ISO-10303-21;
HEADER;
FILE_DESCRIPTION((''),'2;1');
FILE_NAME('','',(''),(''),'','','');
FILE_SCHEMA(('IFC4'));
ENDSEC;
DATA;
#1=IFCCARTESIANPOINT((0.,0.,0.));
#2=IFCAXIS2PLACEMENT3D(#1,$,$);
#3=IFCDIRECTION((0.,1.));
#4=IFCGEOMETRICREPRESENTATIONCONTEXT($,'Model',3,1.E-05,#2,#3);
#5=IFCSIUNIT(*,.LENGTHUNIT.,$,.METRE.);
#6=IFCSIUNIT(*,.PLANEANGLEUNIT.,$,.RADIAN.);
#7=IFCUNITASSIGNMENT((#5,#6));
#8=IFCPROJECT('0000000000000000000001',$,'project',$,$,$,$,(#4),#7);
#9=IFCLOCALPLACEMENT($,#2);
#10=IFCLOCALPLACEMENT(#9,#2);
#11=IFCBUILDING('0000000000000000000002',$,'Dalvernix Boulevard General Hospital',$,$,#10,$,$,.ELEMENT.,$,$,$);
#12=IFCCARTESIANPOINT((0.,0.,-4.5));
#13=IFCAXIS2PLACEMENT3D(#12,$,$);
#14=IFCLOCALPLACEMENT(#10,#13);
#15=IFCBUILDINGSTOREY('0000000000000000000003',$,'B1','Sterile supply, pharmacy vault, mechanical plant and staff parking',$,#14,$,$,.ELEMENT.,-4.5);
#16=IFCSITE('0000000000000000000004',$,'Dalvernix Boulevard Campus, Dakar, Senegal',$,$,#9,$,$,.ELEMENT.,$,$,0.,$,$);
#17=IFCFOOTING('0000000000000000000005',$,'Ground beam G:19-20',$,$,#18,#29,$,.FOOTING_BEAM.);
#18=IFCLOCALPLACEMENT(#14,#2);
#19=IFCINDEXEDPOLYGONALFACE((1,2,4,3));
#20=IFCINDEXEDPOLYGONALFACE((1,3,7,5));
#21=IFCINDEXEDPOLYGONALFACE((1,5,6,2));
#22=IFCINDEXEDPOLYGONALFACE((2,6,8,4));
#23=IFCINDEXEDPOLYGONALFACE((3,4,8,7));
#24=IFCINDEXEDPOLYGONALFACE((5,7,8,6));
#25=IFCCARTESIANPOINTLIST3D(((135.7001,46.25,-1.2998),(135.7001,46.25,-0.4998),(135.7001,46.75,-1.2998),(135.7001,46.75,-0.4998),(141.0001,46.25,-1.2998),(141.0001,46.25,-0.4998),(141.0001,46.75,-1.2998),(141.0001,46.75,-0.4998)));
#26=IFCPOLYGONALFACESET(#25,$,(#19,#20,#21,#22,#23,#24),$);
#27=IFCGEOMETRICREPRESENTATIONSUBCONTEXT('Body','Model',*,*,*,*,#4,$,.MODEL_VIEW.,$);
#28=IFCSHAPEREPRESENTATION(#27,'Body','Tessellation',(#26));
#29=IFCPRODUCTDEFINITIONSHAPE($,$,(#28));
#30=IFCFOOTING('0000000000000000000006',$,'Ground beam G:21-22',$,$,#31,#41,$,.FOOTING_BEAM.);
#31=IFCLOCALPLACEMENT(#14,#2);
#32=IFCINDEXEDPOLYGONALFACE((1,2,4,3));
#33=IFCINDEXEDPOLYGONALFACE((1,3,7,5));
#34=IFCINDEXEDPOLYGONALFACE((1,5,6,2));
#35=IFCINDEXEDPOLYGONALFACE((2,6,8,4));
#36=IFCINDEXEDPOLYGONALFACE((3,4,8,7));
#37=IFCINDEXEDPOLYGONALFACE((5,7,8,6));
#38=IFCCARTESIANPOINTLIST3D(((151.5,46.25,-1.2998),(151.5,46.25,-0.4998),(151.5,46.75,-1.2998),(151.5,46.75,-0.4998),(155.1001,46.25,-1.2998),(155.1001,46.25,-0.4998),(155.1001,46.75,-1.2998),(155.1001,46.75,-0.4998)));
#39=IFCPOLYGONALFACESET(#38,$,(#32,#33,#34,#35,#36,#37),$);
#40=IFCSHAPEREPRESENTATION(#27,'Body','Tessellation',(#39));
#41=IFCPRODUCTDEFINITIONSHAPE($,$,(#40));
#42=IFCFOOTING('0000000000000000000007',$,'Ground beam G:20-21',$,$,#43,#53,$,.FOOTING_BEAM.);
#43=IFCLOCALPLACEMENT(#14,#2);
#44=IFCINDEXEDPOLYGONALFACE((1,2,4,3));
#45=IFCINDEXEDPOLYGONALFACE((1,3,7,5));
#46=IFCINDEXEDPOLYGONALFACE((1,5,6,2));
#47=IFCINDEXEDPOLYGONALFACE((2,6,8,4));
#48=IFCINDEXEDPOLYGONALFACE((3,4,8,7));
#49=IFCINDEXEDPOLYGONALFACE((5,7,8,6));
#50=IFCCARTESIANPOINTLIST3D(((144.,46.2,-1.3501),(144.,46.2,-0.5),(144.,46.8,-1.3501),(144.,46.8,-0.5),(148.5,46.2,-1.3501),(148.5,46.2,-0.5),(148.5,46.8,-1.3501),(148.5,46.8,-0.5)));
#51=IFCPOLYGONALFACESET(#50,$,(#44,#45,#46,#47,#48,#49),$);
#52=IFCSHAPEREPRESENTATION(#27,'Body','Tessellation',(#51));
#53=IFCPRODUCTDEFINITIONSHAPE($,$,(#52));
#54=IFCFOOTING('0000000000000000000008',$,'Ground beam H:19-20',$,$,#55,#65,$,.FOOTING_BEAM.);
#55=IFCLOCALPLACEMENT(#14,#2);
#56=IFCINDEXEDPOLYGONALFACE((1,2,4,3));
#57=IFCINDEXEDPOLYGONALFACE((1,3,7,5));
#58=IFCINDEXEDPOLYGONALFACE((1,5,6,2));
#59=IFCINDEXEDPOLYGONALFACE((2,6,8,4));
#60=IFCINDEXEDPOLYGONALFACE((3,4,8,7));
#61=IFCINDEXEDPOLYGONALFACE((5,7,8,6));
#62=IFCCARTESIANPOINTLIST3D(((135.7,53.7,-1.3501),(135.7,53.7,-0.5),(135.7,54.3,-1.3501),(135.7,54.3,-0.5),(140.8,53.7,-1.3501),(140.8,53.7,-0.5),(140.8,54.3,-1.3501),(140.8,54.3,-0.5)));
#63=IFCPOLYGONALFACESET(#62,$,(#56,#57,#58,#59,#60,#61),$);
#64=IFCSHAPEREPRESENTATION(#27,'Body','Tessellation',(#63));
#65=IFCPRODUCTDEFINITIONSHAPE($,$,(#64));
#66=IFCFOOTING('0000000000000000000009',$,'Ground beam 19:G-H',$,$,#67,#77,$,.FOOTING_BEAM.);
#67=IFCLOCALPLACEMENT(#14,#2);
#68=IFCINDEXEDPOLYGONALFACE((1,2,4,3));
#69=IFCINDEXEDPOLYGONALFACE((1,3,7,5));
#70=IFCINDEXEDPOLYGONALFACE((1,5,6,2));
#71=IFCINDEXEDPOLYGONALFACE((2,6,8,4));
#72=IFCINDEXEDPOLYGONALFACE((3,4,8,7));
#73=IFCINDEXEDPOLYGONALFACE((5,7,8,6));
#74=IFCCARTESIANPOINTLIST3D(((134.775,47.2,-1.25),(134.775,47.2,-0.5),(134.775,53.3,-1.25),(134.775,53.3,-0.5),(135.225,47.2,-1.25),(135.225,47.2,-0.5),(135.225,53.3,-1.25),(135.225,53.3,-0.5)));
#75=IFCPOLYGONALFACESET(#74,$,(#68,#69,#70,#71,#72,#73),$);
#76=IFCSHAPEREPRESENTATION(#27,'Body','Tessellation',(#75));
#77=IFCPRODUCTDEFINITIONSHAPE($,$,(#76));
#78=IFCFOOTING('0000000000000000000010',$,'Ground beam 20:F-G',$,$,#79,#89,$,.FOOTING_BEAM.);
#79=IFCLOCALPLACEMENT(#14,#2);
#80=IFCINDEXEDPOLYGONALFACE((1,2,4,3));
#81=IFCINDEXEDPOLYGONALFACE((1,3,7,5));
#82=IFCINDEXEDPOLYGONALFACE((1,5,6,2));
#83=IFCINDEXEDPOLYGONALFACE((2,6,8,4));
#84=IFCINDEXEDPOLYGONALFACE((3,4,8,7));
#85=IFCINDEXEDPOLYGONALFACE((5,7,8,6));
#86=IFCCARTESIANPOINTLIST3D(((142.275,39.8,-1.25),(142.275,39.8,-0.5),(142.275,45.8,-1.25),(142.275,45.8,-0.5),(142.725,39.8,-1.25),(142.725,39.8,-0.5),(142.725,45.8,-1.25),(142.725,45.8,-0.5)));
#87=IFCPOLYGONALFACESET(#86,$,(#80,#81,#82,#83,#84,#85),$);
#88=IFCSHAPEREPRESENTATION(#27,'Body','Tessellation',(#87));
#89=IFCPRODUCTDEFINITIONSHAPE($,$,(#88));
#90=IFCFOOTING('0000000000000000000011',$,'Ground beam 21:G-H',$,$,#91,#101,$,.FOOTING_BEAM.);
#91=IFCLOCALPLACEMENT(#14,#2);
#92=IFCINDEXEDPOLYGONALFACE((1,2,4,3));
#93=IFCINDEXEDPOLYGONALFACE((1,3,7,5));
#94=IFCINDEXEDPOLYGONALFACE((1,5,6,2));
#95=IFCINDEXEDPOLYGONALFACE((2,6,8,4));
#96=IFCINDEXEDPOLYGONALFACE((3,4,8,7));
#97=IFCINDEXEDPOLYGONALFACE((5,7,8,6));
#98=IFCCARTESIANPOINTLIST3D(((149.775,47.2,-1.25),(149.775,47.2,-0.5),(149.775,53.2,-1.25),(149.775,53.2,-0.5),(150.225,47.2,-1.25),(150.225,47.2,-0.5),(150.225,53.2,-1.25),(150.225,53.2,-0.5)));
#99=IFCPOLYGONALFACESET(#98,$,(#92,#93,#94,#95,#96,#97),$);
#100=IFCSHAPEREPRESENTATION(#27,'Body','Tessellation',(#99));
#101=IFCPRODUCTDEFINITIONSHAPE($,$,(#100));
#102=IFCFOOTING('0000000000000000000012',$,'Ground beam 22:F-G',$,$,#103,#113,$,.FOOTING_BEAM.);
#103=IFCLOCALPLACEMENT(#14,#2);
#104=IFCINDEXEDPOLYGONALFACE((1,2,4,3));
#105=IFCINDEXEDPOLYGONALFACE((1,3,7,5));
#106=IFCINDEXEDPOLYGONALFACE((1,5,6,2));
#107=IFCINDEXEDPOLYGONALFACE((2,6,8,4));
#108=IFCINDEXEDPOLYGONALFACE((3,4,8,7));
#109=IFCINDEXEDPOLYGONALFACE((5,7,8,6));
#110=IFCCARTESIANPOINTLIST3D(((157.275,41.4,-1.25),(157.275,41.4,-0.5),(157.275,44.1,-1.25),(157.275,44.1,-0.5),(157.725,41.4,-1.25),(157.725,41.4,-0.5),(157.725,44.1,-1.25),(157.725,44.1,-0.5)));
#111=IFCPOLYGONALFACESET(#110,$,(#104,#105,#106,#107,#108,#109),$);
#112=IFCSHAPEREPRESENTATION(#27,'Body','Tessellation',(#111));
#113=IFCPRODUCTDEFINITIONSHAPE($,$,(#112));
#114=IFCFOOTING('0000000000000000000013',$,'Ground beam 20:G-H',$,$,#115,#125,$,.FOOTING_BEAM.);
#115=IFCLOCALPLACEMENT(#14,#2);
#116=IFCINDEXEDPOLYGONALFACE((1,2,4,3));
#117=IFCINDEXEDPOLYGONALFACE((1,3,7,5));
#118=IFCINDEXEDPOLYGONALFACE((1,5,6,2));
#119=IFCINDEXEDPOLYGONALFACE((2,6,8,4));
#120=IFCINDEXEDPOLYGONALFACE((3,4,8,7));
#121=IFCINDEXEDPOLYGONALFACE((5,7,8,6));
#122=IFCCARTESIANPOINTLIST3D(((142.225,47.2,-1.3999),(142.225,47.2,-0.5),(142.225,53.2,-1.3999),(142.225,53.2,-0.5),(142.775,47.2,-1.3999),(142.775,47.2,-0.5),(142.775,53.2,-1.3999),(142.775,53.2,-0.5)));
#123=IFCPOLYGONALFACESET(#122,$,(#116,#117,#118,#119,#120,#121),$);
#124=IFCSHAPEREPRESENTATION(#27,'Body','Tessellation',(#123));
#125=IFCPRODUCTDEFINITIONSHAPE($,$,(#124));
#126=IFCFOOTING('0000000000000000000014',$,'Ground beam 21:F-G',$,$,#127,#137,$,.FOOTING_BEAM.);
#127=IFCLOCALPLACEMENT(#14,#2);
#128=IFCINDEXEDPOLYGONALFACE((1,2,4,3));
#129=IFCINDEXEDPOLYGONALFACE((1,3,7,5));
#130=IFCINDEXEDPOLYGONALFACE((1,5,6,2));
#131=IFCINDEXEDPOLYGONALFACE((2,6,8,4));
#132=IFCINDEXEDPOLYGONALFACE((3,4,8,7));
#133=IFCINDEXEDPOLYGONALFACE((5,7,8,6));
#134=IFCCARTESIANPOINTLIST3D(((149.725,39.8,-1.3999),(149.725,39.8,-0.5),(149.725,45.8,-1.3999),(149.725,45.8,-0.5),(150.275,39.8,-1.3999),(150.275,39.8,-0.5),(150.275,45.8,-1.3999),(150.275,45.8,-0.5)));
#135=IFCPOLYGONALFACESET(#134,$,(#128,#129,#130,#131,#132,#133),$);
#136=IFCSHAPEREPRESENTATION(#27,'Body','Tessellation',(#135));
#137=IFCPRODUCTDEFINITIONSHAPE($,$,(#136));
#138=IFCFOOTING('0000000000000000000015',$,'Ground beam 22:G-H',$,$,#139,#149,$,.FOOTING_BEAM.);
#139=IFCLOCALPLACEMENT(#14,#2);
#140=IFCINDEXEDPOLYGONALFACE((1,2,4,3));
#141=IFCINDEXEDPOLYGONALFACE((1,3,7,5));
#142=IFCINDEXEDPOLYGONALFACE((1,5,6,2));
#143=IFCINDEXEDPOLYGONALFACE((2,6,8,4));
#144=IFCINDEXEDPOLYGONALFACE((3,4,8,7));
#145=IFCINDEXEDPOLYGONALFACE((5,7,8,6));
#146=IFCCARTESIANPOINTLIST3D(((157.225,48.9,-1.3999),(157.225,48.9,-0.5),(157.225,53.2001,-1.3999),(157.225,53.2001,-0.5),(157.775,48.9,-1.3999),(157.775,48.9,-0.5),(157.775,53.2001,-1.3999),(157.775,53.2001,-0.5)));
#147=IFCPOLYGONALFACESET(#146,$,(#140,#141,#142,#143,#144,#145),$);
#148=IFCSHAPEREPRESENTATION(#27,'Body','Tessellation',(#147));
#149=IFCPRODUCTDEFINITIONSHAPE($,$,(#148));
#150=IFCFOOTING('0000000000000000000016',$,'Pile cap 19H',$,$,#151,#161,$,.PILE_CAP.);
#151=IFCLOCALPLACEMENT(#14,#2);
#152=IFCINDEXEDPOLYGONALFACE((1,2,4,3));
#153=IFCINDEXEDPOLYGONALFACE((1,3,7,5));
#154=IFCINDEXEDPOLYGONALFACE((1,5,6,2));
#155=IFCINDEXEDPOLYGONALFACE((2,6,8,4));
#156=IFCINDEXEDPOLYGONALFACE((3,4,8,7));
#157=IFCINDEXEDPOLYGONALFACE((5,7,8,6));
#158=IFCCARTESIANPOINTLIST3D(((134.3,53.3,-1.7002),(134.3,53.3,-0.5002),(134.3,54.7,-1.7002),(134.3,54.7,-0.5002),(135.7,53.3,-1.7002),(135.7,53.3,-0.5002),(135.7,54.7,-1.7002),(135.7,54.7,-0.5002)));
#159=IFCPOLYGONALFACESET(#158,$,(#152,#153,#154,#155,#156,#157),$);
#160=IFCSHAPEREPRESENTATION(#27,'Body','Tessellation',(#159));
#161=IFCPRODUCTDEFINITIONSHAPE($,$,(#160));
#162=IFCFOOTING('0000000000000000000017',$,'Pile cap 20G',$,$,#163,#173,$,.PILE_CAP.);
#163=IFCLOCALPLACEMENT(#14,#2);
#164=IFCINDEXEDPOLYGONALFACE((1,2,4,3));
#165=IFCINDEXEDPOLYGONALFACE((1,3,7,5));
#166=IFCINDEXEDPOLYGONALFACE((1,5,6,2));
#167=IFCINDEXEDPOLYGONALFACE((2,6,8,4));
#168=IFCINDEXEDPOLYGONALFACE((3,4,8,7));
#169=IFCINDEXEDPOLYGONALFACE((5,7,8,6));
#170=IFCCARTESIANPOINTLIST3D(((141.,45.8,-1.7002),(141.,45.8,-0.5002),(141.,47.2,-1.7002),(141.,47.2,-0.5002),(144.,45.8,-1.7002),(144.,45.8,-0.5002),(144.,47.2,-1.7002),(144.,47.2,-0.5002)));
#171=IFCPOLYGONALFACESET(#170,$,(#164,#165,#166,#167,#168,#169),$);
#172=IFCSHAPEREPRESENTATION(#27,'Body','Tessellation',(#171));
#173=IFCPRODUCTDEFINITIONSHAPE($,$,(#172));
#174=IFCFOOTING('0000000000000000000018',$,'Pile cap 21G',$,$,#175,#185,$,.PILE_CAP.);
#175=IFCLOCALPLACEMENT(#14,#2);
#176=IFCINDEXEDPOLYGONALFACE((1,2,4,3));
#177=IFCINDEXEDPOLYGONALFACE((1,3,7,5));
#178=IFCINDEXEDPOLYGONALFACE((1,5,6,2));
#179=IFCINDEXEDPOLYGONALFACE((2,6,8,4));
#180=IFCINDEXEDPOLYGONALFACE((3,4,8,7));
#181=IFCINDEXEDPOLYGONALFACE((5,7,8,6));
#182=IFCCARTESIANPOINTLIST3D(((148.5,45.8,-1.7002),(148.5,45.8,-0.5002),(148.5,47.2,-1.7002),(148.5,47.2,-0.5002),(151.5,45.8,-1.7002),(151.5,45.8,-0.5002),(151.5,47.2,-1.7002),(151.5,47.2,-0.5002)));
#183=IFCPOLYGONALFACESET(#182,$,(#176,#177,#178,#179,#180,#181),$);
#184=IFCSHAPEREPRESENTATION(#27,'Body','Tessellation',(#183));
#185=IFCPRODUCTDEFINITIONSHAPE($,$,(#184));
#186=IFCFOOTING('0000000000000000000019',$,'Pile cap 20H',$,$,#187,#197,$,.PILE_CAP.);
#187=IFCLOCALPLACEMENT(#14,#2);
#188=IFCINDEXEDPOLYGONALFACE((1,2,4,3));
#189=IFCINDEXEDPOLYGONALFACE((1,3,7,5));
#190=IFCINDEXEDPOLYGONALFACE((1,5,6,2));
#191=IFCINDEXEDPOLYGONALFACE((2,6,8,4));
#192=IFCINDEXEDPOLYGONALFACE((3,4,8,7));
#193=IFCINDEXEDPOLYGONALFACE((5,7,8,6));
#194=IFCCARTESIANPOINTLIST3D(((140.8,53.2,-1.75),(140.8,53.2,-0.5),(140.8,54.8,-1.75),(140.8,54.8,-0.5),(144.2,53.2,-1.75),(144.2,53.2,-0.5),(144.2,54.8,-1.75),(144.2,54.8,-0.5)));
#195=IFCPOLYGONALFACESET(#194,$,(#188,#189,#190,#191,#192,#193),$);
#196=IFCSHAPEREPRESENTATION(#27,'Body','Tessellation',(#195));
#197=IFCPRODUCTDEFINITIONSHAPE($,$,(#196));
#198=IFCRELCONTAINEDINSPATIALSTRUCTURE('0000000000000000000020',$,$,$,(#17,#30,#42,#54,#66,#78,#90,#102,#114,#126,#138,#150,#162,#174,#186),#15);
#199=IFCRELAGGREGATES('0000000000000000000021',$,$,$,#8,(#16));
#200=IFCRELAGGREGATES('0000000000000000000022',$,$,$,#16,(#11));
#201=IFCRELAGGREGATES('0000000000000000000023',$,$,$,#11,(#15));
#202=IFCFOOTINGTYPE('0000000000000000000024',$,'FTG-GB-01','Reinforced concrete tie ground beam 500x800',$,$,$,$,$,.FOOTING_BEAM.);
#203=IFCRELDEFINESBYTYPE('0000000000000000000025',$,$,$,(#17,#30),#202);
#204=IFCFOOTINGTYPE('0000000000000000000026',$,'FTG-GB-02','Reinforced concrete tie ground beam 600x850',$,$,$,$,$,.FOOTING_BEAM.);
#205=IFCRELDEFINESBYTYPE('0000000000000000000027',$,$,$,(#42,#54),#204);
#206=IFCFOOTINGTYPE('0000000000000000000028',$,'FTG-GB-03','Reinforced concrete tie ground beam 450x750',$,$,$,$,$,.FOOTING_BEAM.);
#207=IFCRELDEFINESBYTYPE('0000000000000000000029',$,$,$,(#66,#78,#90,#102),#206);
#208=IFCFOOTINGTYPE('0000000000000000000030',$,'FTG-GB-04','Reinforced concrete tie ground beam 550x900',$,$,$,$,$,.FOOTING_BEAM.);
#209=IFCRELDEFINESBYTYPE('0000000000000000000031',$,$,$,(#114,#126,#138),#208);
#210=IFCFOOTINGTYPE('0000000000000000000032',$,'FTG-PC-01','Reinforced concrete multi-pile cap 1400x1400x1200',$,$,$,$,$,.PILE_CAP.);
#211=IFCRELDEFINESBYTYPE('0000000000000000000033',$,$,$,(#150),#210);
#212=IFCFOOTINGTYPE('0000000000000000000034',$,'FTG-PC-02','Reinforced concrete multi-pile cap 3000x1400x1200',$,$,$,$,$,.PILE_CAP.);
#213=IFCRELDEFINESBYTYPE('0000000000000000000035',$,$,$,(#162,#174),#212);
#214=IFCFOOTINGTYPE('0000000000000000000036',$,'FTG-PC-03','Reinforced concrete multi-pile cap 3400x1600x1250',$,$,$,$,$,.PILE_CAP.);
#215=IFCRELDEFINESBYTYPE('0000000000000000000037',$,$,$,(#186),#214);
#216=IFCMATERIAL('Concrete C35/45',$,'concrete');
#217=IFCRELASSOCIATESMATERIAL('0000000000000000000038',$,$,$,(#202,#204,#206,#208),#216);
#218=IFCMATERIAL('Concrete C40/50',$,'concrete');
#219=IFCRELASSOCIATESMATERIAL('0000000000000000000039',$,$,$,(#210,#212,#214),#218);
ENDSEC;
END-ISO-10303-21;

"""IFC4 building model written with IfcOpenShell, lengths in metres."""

from ifc_helpers import new_model, si_unit, direction, frame, origin, origin_2d, place, context, subcontext, project, spatial, rectangle, extrude, material, type_object, element, save


model = new_model("IFC4")

# Units and contexts
model_context = context("Model", 3, precision=1e-05, world=origin(), true_north=direction((0.0, 1.0)))
body_context = subcontext(model_context, "Body", "Model", "MODEL_VIEW")
ifc_project = project(units=[si_unit("LENGTHUNIT", "METRE"), si_unit("PLANEANGLEUNIT", "RADIAN")], contexts=[model_context])

# Site, building, storey
site_placement = place(None, origin())
site = spatial("IfcSite", under=ifc_project, at=site_placement, Name="Dalvernix Boulevard Campus, Dakar, Senegal", CompositionType="ELEMENT", RefElevation=0.0)
building_placement = place(site_placement, origin())
building = spatial("IfcBuilding", under=site, at=building_placement, Name="Dalvernix Boulevard General Hospital", CompositionType="ELEMENT")
storey_placement = place(building_placement, frame((0.0, 0.0, -4.5)))
storey = spatial("IfcBuildingStorey", under=building, at=storey_placement, Name="B1", Description="Sterile supply, pharmacy vault, mechanical plant and staff parking", CompositionType="ELEMENT", Elevation=-4.5)

# Footings
ifc_material_1 = material(Name="Concrete C35/45", Category="concrete")
footing_type_1 = type_object("IfcFootingType", Name="FTG-GB-01", Description="Reinforced concrete tie ground beam 500x800", PredefinedType="FOOTING_BEAM", material=ifc_material_1)
footing_1_placement = place(storey_placement, frame((138.3501, 46.5, -1.2998), z_axis=(0.0, 0.0, 1.0), x_axis=(1.0, 0.0, 0.0)))
element("IfcFooting", 1, at=footing_1_placement, inside=storey, type_object=footing_type_1, Name="Ground beam G:19-20", PredefinedType="FOOTING_BEAM", context=body_context, shape_type="SweptSolid", body=[
    extrude(rectangle(XDim=5.3, YDim=0.5, at=origin_2d()), origin(), (0.0, 0.0, 1.0), 0.8),
])
footing_2_placement = place(storey_placement, frame((153.3, 46.5, -1.2998), z_axis=(0.0, 0.0, 1.0), x_axis=(1.0, 0.0, 0.0)))
element("IfcFooting", 2, at=footing_2_placement, inside=storey, type_object=footing_type_1, Name="Ground beam G:21-22", PredefinedType="FOOTING_BEAM", context=body_context, shape_type="SweptSolid", body=[
    extrude(rectangle(XDim=3.6001, YDim=0.5, at=origin_2d()), origin(), (0.0, 0.0, 1.0), 0.8),
])
footing_type_2 = type_object("IfcFootingType", Name="FTG-GB-02", Description="Reinforced concrete tie ground beam 600x850", PredefinedType="FOOTING_BEAM", material=ifc_material_1)
footing_3_placement = place(storey_placement, frame((146.25, 46.5, -1.3501), z_axis=(0.0, 0.0, 1.0), x_axis=(1.0, 0.0, 0.0)))
element("IfcFooting", 3, at=footing_3_placement, inside=storey, type_object=footing_type_2, Name="Ground beam G:20-21", PredefinedType="FOOTING_BEAM", context=body_context, shape_type="SweptSolid", body=[
    extrude(rectangle(XDim=4.5, YDim=0.6001, at=origin_2d()), origin(), (0.0, 0.0, 1.0), 0.8501),
])
footing_4_placement = place(storey_placement, frame((138.25, 54.0, -1.3501), z_axis=(0.0, 0.0, 1.0), x_axis=(1.0, 0.0, 0.0)))
element("IfcFooting", 4, at=footing_4_placement, inside=storey, type_object=footing_type_2, Name="Ground beam H:19-20", PredefinedType="FOOTING_BEAM", context=body_context, shape_type="SweptSolid", body=[
    extrude(rectangle(XDim=5.1001, YDim=0.6001, at=origin_2d()), origin(), (0.0, 0.0, 1.0), 0.8501),
])
footing_type_3 = type_object("IfcFootingType", Name="FTG-GB-03", Description="Reinforced concrete tie ground beam 450x750", PredefinedType="FOOTING_BEAM", material=ifc_material_1)
footing_5_placement = place(storey_placement, frame((135.0, 50.25, -1.25), z_axis=(0.0, 0.0, 1.0), x_axis=(0.0, 1.0, 0.0)))
element("IfcFooting", 5, at=footing_5_placement, inside=storey, type_object=footing_type_3, Name="Ground beam 19:G-H", PredefinedType="FOOTING_BEAM", context=body_context, shape_type="SweptSolid", body=[
    extrude(rectangle(XDim=6.1001, YDim=0.45, at=origin_2d()), origin(), (0.0, 0.0, 1.0), 0.75),
])
for number, where, z_axis, x_axis, name in (
    (6, (142.5, 42.8, -1.25), (0.0, 0.0, 1.0), (0.0, 1.0, 0.0), "Ground beam 20:F-G"),
    (7, (150.0, 50.2, -1.25), (0.0, 0.0, 1.0), (0.0, 1.0, 0.0), "Ground beam 21:G-H"),
):
    element("IfcFooting", number, at=place(storey_placement, frame(where, z_axis=z_axis, x_axis=x_axis)), inside=storey, type_object=footing_type_3, Name=name, PredefinedType="FOOTING_BEAM", context=body_context, shape_type="SweptSolid", body=[
        extrude(rectangle(XDim=6.0, YDim=0.45, at=origin_2d()), origin(), (0.0, 0.0, 1.0), 0.75),
    ])
footing_6_placement = place(storey_placement, frame((157.5, 42.75, -1.25), z_axis=(0.0, 0.0, 1.0), x_axis=(0.0, 1.0, 0.0)))
element("IfcFooting", 8, at=footing_6_placement, inside=storey, type_object=footing_type_3, Name="Ground beam 22:F-G", PredefinedType="FOOTING_BEAM", context=body_context, shape_type="SweptSolid", body=[
    extrude(rectangle(XDim=2.7, YDim=0.45, at=origin_2d()), origin(), (0.0, 0.0, 1.0), 0.75),
])
footing_type_4 = type_object("IfcFootingType", Name="FTG-GB-04", Description="Reinforced concrete tie ground beam 550x900", PredefinedType="FOOTING_BEAM", material=ifc_material_1)
for number, where, z_axis, x_axis, name in (
    (9, (142.5, 50.2, -1.3999), (0.0, 0.0, 1.0), (0.0, 1.0, 0.0), "Ground beam 20:G-H"),
    (10, (150.0, 42.8, -1.3999), (0.0, 0.0, 1.0), (0.0, 1.0, 0.0), "Ground beam 21:F-G"),
):
    element("IfcFooting", number, at=place(storey_placement, frame(where, z_axis=z_axis, x_axis=x_axis)), inside=storey, type_object=footing_type_4, Name=name, PredefinedType="FOOTING_BEAM", context=body_context, shape_type="SweptSolid", body=[
        extrude(rectangle(XDim=6.0, YDim=0.55, at=origin_2d()), origin(), (0.0, 0.0, 1.0), 0.8999),
    ])
footing_7_placement = place(storey_placement, frame((157.5, 51.05, -1.3999), z_axis=(0.0, 0.0, 1.0), x_axis=(0.0, 1.0, 0.0)))
element("IfcFooting", 11, at=footing_7_placement, inside=storey, type_object=footing_type_4, Name="Ground beam 22:G-H", PredefinedType="FOOTING_BEAM", context=body_context, shape_type="SweptSolid", body=[
    extrude(rectangle(XDim=4.3, YDim=0.55, at=origin_2d()), origin(), (0.0, 0.0, 1.0), 0.8999),
])
ifc_material_2 = material(Name="Concrete C40/50", Category="concrete")
footing_type_5 = type_object("IfcFootingType", Name="FTG-PC-01", Description="Reinforced concrete multi-pile cap 1400x1400x1200", PredefinedType="PILE_CAP", material=ifc_material_2)
footing_8_placement = place(storey_placement, frame((135.0, 54.0, -1.7002), z_axis=(0.0, 0.0, 1.0), x_axis=(1.0, 0.0, 0.0)))
element("IfcFooting", 12, at=footing_8_placement, inside=storey, type_object=footing_type_5, Name="Pile cap 19H", PredefinedType="PILE_CAP", context=body_context, shape_type="SweptSolid", body=[
    extrude(rectangle(XDim=1.3999, YDim=1.3999, at=origin_2d()), origin(), (0.0, 0.0, 1.0), 1.2),
])
footing_type_6 = type_object("IfcFootingType", Name="FTG-PC-02", Description="Reinforced concrete multi-pile cap 3000x1400x1200", PredefinedType="PILE_CAP", material=ifc_material_2)
for number, where, z_axis, x_axis, name in (
    (13, (142.5, 46.5, -1.7002), (0.0, 0.0, 1.0), (1.0, 0.0, 0.0), "Pile cap 20G"),
    (14, (150.0, 46.5, -1.7002), (0.0, 0.0, 1.0), (1.0, 0.0, 0.0), "Pile cap 21G"),
):
    element("IfcFooting", number, at=place(storey_placement, frame(where, z_axis=z_axis, x_axis=x_axis)), inside=storey, type_object=footing_type_6, Name=name, PredefinedType="PILE_CAP", context=body_context, shape_type="SweptSolid", body=[
        extrude(rectangle(XDim=3.0, YDim=1.3999, at=origin_2d()), origin(), (0.0, 0.0, 1.0), 1.2),
    ])
footing_type_7 = type_object("IfcFootingType", Name="FTG-PC-03", Description="Reinforced concrete multi-pile cap 3400x1600x1250", PredefinedType="PILE_CAP", material=ifc_material_2)
footing_9_placement = place(storey_placement, frame((142.5, 54.0, -1.75), z_axis=(0.0, 0.0, 1.0), x_axis=(1.0, 0.0, 0.0)))
element("IfcFooting", 15, at=footing_9_placement, inside=storey, type_object=footing_type_7, Name="Pile cap 20H", PredefinedType="PILE_CAP", context=body_context, shape_type="SweptSolid", body=[
    extrude(rectangle(XDim=3.3999, YDim=1.6001, at=origin_2d()), origin(), (0.0, 0.0, 1.0), 1.25),
])

save(model, "model.ifc")
